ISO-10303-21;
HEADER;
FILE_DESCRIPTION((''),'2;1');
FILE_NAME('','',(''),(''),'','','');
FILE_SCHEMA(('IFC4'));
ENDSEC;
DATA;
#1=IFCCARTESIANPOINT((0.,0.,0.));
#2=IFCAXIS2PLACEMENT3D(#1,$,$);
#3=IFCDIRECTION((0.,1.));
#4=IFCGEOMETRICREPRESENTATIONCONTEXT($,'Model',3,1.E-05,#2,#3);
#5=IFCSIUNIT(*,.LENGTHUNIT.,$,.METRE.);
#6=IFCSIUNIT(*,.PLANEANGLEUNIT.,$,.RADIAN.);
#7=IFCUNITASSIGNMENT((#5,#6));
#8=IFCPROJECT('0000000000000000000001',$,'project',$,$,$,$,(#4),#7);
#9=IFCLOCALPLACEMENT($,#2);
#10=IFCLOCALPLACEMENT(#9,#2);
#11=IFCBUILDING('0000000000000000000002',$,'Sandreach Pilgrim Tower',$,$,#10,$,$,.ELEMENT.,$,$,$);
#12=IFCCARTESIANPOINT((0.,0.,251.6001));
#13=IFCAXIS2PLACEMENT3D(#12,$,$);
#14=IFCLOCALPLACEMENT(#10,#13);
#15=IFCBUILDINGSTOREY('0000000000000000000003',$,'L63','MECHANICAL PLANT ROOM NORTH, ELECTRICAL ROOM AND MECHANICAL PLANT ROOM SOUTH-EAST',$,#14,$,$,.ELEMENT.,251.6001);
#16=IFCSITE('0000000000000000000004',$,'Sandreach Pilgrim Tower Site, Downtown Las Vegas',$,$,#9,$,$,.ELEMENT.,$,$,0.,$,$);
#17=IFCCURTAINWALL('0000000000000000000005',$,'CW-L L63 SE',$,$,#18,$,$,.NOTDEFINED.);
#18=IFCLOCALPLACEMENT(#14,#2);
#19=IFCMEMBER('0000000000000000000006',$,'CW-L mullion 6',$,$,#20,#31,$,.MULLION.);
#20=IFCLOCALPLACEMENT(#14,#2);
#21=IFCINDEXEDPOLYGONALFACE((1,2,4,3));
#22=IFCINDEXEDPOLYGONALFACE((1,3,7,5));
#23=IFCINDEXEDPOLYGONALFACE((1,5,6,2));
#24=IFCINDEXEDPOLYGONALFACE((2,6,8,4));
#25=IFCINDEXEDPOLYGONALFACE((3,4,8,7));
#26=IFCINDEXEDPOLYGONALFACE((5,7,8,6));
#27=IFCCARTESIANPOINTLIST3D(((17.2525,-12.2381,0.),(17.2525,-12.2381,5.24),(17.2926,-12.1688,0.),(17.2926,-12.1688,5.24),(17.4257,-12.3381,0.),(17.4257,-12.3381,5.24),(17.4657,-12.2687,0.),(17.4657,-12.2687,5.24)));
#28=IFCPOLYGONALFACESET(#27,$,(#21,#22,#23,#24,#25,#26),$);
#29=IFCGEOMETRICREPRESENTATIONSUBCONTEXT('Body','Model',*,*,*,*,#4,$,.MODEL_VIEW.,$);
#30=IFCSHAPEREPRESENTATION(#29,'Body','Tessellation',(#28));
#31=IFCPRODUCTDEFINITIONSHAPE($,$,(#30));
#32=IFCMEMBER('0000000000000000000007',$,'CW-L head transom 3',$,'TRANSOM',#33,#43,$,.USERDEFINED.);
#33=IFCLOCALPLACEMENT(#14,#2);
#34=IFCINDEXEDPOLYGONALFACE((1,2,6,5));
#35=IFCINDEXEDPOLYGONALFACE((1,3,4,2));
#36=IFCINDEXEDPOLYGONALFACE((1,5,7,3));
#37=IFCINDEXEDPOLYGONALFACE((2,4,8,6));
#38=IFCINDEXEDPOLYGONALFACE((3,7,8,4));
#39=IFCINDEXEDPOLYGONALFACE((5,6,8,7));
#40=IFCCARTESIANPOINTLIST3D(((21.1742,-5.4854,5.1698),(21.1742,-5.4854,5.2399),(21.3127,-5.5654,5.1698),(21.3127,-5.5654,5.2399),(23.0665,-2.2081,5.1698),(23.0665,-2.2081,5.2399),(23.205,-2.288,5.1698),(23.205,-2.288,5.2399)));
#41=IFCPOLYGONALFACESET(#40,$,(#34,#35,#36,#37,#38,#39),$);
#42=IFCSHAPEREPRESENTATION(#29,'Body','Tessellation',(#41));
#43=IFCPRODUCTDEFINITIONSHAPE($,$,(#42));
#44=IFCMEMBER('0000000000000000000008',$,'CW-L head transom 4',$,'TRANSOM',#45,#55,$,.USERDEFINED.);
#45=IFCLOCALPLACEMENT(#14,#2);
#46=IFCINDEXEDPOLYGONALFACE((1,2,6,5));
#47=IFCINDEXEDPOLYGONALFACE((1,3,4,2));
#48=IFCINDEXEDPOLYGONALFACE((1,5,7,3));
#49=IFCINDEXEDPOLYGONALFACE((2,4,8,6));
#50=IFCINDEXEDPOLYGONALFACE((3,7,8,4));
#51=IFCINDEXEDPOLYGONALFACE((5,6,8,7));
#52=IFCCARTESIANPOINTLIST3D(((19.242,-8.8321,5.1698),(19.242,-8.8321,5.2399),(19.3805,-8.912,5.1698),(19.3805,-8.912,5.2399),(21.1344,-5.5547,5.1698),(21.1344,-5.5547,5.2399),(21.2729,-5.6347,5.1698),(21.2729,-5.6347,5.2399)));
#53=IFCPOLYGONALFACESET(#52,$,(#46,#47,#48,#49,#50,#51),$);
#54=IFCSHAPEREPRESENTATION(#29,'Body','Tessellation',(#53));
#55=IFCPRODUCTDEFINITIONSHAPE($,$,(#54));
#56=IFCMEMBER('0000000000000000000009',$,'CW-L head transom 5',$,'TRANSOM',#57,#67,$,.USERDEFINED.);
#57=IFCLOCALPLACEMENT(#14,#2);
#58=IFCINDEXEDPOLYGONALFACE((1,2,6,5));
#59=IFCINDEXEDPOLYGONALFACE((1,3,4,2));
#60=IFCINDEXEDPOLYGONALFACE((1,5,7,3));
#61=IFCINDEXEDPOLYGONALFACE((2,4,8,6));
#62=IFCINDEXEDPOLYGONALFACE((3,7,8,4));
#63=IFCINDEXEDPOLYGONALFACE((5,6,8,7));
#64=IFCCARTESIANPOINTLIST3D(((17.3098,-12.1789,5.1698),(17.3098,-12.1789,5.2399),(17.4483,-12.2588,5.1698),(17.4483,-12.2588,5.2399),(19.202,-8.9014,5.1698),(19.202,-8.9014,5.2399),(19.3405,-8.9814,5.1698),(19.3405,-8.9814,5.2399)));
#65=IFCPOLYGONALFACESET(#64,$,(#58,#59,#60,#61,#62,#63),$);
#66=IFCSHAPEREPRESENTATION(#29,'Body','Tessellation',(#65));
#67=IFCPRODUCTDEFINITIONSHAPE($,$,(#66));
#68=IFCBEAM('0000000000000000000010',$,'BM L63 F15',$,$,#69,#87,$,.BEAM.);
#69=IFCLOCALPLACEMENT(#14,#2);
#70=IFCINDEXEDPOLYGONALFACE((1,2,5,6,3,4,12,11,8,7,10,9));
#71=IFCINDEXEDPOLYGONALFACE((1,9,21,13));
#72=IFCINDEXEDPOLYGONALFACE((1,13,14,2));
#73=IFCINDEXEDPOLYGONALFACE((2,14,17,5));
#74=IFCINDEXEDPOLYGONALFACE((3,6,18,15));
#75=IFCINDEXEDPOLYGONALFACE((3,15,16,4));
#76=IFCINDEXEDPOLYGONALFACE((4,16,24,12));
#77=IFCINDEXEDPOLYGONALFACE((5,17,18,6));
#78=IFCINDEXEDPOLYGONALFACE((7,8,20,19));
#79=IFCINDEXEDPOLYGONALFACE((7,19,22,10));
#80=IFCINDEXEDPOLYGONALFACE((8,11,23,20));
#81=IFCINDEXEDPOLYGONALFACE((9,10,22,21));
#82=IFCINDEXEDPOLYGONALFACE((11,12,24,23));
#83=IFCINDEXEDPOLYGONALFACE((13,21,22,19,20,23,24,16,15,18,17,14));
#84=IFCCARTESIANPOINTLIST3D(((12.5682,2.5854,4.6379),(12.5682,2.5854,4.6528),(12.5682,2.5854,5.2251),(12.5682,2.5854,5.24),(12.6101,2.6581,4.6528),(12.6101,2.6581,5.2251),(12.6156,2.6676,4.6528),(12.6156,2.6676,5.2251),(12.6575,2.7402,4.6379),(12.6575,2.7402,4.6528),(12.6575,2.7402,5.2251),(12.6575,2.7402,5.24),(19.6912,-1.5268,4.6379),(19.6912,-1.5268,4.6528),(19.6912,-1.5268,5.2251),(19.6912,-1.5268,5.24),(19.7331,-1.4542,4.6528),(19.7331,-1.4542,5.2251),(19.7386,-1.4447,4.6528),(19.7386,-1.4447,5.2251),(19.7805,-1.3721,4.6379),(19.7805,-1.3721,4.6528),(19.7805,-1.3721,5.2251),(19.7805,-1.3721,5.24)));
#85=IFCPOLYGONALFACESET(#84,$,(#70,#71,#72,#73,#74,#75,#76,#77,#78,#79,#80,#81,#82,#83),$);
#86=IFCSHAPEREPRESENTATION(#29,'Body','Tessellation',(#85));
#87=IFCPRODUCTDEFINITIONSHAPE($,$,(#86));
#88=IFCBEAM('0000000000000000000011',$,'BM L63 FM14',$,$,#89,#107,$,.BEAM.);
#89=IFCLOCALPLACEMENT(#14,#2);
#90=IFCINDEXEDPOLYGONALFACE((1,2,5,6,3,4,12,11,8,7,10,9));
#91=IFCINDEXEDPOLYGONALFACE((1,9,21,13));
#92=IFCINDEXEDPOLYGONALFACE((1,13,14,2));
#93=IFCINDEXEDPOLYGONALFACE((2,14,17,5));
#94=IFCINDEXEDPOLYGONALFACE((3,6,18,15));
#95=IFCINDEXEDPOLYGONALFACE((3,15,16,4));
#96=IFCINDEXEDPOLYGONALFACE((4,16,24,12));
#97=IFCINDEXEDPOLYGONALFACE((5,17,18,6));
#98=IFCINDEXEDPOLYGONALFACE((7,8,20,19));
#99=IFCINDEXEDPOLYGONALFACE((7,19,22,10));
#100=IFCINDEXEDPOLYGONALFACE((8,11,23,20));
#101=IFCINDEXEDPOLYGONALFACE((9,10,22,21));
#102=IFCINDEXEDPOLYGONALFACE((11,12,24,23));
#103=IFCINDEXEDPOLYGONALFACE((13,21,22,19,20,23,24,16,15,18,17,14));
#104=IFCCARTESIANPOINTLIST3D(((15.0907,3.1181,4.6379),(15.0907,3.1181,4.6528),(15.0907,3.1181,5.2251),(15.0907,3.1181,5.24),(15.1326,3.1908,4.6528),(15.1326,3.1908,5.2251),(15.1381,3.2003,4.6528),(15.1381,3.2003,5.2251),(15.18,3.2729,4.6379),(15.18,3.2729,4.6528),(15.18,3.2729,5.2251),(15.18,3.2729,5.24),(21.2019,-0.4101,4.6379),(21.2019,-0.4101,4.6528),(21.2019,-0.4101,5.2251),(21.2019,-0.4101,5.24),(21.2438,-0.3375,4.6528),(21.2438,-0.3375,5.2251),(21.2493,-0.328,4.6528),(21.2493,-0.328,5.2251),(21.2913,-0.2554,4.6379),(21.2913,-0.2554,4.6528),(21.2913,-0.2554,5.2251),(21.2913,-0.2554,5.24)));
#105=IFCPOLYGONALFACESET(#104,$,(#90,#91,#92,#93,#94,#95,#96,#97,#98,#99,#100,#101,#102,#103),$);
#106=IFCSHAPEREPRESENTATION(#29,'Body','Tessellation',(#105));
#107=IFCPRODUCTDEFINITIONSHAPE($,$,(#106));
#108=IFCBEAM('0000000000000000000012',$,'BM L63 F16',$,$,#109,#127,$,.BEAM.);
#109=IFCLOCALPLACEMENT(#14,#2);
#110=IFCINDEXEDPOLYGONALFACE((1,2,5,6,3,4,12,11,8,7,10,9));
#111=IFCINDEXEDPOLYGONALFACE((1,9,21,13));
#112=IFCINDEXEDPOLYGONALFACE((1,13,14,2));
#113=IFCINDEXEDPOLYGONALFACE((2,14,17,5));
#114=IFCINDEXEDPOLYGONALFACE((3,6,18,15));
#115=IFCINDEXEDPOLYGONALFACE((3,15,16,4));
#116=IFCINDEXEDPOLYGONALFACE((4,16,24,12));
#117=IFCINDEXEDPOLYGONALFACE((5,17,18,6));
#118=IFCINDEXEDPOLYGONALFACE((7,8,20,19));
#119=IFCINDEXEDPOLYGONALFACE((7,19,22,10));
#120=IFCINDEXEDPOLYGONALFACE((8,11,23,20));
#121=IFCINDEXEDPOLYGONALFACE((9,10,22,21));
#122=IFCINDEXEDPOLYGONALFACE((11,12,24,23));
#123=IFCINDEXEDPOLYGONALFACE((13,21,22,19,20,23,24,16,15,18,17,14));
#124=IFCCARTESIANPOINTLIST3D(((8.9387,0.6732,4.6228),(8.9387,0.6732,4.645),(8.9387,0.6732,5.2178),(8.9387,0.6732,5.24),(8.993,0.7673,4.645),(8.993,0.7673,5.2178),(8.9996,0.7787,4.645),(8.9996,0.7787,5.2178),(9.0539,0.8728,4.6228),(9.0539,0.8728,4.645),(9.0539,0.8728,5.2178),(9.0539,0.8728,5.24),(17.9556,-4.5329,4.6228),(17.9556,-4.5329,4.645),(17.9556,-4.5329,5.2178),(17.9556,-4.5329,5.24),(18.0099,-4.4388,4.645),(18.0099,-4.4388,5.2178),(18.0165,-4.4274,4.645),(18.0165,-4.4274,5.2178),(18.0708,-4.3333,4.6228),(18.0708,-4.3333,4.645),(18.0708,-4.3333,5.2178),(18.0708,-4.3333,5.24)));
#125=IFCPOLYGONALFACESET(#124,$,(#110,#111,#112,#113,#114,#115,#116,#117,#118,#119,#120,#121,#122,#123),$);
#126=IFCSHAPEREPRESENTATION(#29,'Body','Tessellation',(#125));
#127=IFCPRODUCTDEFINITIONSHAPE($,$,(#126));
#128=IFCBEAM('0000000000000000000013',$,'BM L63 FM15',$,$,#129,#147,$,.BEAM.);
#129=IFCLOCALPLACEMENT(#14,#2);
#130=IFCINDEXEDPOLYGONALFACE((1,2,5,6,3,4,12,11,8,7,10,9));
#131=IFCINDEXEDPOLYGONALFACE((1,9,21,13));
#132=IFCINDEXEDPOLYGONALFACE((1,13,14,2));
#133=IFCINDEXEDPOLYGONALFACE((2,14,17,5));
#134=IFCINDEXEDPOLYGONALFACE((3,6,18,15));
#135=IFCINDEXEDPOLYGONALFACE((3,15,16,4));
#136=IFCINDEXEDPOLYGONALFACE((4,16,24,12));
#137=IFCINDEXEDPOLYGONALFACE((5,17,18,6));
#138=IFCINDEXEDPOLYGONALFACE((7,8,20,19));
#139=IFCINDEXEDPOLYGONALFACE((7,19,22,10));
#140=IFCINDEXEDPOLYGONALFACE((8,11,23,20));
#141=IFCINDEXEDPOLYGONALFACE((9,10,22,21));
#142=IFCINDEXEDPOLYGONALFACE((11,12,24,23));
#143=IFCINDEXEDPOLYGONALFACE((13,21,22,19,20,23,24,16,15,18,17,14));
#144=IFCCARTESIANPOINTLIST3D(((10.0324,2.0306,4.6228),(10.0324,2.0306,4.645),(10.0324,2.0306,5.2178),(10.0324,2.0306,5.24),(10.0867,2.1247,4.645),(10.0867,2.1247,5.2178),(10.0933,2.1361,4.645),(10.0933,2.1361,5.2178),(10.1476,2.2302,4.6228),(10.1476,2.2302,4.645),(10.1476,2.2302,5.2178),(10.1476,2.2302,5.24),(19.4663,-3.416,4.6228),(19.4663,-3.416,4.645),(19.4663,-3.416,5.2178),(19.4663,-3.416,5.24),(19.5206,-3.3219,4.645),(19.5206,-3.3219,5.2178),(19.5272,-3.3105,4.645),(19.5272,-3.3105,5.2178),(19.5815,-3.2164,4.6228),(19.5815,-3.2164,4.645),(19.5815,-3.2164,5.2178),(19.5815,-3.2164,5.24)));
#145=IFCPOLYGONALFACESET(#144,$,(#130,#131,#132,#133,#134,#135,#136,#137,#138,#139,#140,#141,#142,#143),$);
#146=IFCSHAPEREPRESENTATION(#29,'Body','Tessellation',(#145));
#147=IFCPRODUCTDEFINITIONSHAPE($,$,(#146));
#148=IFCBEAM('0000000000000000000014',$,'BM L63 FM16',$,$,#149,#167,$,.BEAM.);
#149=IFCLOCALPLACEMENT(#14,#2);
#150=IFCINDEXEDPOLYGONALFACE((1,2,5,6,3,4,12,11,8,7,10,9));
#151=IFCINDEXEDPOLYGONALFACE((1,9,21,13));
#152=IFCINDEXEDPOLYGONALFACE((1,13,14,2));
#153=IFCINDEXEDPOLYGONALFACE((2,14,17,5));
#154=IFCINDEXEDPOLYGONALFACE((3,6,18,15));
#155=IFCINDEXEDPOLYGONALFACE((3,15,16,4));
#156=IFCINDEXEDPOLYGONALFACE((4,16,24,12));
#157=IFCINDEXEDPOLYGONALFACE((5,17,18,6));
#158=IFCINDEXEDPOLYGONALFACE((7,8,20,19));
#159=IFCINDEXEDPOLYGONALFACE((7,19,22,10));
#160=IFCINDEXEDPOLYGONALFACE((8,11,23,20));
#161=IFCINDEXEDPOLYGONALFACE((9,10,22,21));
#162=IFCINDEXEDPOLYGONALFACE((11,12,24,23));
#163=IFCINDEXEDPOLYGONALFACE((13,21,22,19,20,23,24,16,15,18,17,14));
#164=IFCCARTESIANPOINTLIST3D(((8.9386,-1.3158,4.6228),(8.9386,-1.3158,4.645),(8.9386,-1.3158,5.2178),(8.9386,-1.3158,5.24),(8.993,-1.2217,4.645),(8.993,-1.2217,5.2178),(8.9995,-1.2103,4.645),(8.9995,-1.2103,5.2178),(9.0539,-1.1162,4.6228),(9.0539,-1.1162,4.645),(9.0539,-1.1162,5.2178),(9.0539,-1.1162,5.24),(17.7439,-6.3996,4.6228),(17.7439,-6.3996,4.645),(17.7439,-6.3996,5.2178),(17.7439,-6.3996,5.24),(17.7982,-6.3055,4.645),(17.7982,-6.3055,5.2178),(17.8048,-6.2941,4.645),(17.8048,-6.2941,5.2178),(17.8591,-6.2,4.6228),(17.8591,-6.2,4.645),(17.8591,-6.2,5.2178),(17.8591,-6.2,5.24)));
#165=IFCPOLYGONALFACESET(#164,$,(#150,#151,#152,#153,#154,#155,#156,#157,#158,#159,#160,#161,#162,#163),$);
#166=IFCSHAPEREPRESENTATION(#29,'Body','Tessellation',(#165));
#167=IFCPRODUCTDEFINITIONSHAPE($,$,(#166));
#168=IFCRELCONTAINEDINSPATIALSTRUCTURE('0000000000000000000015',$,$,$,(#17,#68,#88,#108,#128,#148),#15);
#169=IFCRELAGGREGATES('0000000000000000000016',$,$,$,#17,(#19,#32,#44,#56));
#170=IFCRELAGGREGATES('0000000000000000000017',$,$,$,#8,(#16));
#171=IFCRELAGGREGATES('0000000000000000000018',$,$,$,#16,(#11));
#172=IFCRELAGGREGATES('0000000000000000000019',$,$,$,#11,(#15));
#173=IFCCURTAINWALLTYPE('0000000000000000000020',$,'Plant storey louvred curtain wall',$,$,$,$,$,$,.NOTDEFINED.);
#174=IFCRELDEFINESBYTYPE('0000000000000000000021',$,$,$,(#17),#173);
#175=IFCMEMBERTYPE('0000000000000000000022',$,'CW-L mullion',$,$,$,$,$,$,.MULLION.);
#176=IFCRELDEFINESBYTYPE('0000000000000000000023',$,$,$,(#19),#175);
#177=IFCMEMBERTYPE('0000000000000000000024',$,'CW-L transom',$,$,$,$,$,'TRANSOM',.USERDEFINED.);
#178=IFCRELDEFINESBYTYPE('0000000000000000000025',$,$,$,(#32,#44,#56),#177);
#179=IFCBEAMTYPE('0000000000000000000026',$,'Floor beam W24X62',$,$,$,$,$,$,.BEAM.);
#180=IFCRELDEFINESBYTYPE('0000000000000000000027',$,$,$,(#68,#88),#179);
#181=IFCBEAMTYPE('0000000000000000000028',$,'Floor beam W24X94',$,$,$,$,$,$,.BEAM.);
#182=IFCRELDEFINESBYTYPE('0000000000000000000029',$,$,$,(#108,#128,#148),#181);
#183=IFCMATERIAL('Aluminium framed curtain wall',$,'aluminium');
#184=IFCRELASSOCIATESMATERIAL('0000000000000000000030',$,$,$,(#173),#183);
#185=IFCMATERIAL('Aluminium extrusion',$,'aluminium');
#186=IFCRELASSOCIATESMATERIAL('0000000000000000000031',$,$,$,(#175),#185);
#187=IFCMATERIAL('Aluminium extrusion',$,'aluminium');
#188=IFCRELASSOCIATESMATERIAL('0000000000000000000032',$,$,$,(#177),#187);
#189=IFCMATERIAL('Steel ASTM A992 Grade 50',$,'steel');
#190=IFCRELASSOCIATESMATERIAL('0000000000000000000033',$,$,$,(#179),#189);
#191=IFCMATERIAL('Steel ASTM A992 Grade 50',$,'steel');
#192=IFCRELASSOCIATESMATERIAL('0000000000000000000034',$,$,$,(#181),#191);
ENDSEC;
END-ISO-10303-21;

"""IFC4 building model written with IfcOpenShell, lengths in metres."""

from ifc_helpers import new_model, si_unit, direction, frame, origin, origin_2d, place, context, subcontext, project, spatial, rectangle, i_section, extrude, material, material_profile, profile_set, type_object, element, aggregate, save


model = new_model("IFC4")

# Units and contexts
model_context = context("Model", 3, precision=1e-05, world=origin(), true_north=direction((0.0, 1.0)))
body_context = subcontext(model_context, "Body", "Model", "MODEL_VIEW")
ifc_project = project(units=[si_unit("LENGTHUNIT", "METRE"), si_unit("PLANEANGLEUNIT", "RADIAN")], contexts=[model_context])

# Site, building, storey
site_placement = place(None, origin())
site = spatial("IfcSite", under=ifc_project, at=site_placement, Name="Sandreach Pilgrim Tower Site, Downtown Las Vegas", CompositionType="ELEMENT", RefElevation=0.0)
building_placement = place(site_placement, origin())
building = spatial("IfcBuilding", under=site, at=building_placement, Name="Sandreach Pilgrim Tower", CompositionType="ELEMENT")
storey_placement = place(building_placement, frame((0.0, 0.0, 251.6001)))
storey = spatial("IfcBuildingStorey", under=building, at=storey_placement, Name="L63", Description="MECHANICAL PLANT ROOM NORTH, ELECTRICAL ROOM AND MECHANICAL PLANT ROOM SOUTH-EAST", CompositionType="ELEMENT", Elevation=251.6001)

# Curtain wall, members
ifc_material_1 = material(Name="Aluminium framed curtain wall", Category="aluminium")
curtain_wall_type = type_object("IfcCurtainWallType", Name="Plant storey louvred curtain wall", PredefinedType="NOTDEFINED", material=ifc_material_1)
curtain_wall_placement = place(storey_placement, origin())
curtain_wall = element("IfcCurtainWall", 1, at=curtain_wall_placement, inside=storey, type_object=curtain_wall_type, Name="CW-L L63 SE", PredefinedType="NOTDEFINED")
ifc_material_2 = material(Name="Aluminium extrusion", Category="aluminium")
ifc_material_profile_1 = material_profile(ifc_material_2, rectangle(XDim=0.0801, YDim=0.2, at=origin_2d()), Name="CW-LM 80X200")
ifc_profile_set_1 = profile_set([ifc_material_profile_1], Name="Aluminium extrusion")
member_type_1 = type_object("IfcMemberType", Name="CW-L mullion", PredefinedType="MULLION", material=ifc_profile_set_1)
member_1_placement = place(storey_placement, frame((17.3591, -12.2534, 0.0), z_axis=(0.0, 0.0, 1.0), x_axis=(-0.5, -0.866025, 0.0)))
member_1 = element("IfcMember", 2, at=member_1_placement, type_object=member_type_1, Name="CW-L mullion 6", PredefinedType="MULLION", context=body_context, shape_type="SweptSolid", body=[
    extrude(rectangle(XDim=0.0801, YDim=0.2, at=origin_2d()), origin(), (0.0, 0.0, 1.0), 5.24),
])
ifc_material_3 = material(Name="Aluminium extrusion", Category="aluminium")
ifc_material_profile_2 = material_profile(ifc_material_3, rectangle(XDim=0.1599, YDim=0.0701, at=origin_2d()), Name="CW-LT 160X70")
ifc_profile_set_2 = profile_set([ifc_material_profile_2], Name="Aluminium extrusion")
member_type_2 = type_object("IfcMemberType", Name="CW-L transom", ElementType="TRANSOM", PredefinedType="USERDEFINED", material=ifc_profile_set_2)
member_2_placement = place(storey_placement, frame((23.1357, -2.248, 5.2048), z_axis=(-0.500031, -0.866007, 0.0), x_axis=(0.866007, -0.500031, 0.0)))
member_2 = element("IfcMember", 3, at=member_2_placement, type_object=member_type_2, Name="CW-L head transom 3", ObjectType="TRANSOM", PredefinedType="USERDEFINED", context=body_context, shape_type="SweptSolid", body=[
    extrude(rectangle(XDim=0.1599, YDim=0.0701, at=origin_2d()), origin(), (0.0, 0.0, 1.0), 3.7844),
])
member_3_placement = place(storey_placement, frame((21.2036, -5.5947, 5.2048), z_axis=(-0.500031, -0.866007, 0.0), x_axis=(0.866007, -0.500031, 0.0)))
member_3 = element("IfcMember", 4, at=member_3_placement, type_object=member_type_2, Name="CW-L head transom 4", ObjectType="TRANSOM", PredefinedType="USERDEFINED", context=body_context, shape_type="SweptSolid", body=[
    extrude(rectangle(XDim=0.1599, YDim=0.0701, at=origin_2d()), origin(), (0.0, 0.0, 1.0), 3.7844),
])
member_4_placement = place(storey_placement, frame((19.2712, -8.9414, 5.2048), z_axis=(-0.499983, -0.866035, 0.0), x_axis=(0.866035, -0.499983, 0.0)))
member_4 = element("IfcMember", 5, at=member_4_placement, type_object=member_type_2, Name="CW-L head transom 5", ObjectType="TRANSOM", PredefinedType="USERDEFINED", context=body_context, shape_type="SweptSolid", body=[
    extrude(rectangle(XDim=0.1599, YDim=0.0701, at=origin_2d()), origin(), (0.0, 0.0, 1.0), 3.7844),
])

# Beams
ifc_material_4 = material(Name="Steel ASTM A992 Grade 50", Category="steel")
ifc_material_profile_3 = material_profile(ifc_material_4, i_section(OverallWidth=0.1787, OverallDepth=0.6021, WebThickness=0.011, FlangeThickness=0.0149, at=origin_2d()), Name="W24X62")
ifc_profile_set_3 = profile_set([ifc_material_profile_3], Name="Steel ASTM A992 Grade 50")
beam_type_1 = type_object("IfcBeamType", Name="Floor beam W24X62", PredefinedType="BEAM", material=ifc_profile_set_3)
beam_1_placement = place(storey_placement, frame((19.7358, -1.4495, 4.939), z_axis=(-0.866035, 0.499983, 0.0), x_axis=(-0.499983, -0.866035, 0.0)))
element("IfcBeam", 6, at=beam_1_placement, inside=storey, type_object=beam_type_1, Name="BM L63 F15", PredefinedType="BEAM", context=body_context, shape_type="SweptSolid", body=[
    extrude(i_section(OverallWidth=0.1787, OverallDepth=0.6021, WebThickness=0.011, FlangeThickness=0.0149, at=origin_2d()), origin(), (0.0, 0.0, 1.0), 8.2249),
])
beam_2_placement = place(storey_placement, frame((21.2466, -0.3328, 4.939), z_axis=(-0.866029, 0.499994, 0.0), x_axis=(-0.499994, -0.866029, 0.0)))
element("IfcBeam", 7, at=beam_2_placement, inside=storey, type_object=beam_type_1, Name="BM L63 FM14", PredefinedType="BEAM", context=body_context, shape_type="SweptSolid", body=[
    extrude(i_section(OverallWidth=0.1787, OverallDepth=0.6021, WebThickness=0.011, FlangeThickness=0.0149, at=origin_2d()), origin(), (0.0, 0.0, 1.0), 7.0566),
])
ifc_material_5 = material(Name="Steel ASTM A992 Grade 50", Category="steel")
ifc_material_profile_4 = material_profile(ifc_material_5, i_section(OverallWidth=0.2305, OverallDepth=0.6172, WebThickness=0.0132, FlangeThickness=0.0222, at=origin_2d()), Name="W24X94")
ifc_profile_set_4 = profile_set([ifc_material_profile_4], Name="Steel ASTM A992 Grade 50")
beam_type_2 = type_object("IfcBeamType", Name="Floor beam W24X94", PredefinedType="BEAM", material=ifc_profile_set_4)
beam_3_placement = place(storey_placement, frame((18.0132, -4.4331, 4.9314), z_axis=(-0.866018, 0.500013, 0.0), x_axis=(-0.500013, -0.866018, 0.0)))
element("IfcBeam", 8, at=beam_3_placement, inside=storey, type_object=beam_type_2, Name="BM L63 F16", PredefinedType="BEAM", context=body_context, shape_type="SweptSolid", body=[
    extrude(i_section(OverallWidth=0.2305, OverallDepth=0.6172, WebThickness=0.0132, FlangeThickness=0.0222, at=origin_2d()), origin(), (0.0, 0.0, 1.0), 10.4119),
])
beam_4_placement = place(storey_placement, frame((19.5239, -3.3162, 4.9314), z_axis=(-0.866029, 0.499993, 0.0), x_axis=(-0.499993, -0.866029, 0.0)))
element("IfcBeam", 9, at=beam_4_placement, inside=storey, type_object=beam_type_2, Name="BM L63 FM15", PredefinedType="BEAM", context=body_context, shape_type="SweptSolid", body=[
    extrude(i_section(OverallWidth=0.2305, OverallDepth=0.6172, WebThickness=0.0132, FlangeThickness=0.0222, at=origin_2d()), origin(), (0.0, 0.0, 1.0), 10.8933),
])
beam_5_placement = place(storey_placement, frame((17.8015, -6.2998, 4.9314), z_axis=(-0.866022, 0.500005, 0.0), x_axis=(-0.500005, -0.866022, 0.0)))
element("IfcBeam", 10, at=beam_5_placement, inside=storey, type_object=beam_type_2, Name="BM L63 FM16", PredefinedType="BEAM", context=body_context, shape_type="SweptSolid", body=[
    extrude(i_section(OverallWidth=0.2305, OverallDepth=0.6172, WebThickness=0.0132, FlangeThickness=0.0222, at=origin_2d()), origin(), (0.0, 0.0, 1.0), 10.1675),
])

aggregate(curtain_wall, [member_1, member_2, member_3, member_4])

save(model, "model.ifc")
